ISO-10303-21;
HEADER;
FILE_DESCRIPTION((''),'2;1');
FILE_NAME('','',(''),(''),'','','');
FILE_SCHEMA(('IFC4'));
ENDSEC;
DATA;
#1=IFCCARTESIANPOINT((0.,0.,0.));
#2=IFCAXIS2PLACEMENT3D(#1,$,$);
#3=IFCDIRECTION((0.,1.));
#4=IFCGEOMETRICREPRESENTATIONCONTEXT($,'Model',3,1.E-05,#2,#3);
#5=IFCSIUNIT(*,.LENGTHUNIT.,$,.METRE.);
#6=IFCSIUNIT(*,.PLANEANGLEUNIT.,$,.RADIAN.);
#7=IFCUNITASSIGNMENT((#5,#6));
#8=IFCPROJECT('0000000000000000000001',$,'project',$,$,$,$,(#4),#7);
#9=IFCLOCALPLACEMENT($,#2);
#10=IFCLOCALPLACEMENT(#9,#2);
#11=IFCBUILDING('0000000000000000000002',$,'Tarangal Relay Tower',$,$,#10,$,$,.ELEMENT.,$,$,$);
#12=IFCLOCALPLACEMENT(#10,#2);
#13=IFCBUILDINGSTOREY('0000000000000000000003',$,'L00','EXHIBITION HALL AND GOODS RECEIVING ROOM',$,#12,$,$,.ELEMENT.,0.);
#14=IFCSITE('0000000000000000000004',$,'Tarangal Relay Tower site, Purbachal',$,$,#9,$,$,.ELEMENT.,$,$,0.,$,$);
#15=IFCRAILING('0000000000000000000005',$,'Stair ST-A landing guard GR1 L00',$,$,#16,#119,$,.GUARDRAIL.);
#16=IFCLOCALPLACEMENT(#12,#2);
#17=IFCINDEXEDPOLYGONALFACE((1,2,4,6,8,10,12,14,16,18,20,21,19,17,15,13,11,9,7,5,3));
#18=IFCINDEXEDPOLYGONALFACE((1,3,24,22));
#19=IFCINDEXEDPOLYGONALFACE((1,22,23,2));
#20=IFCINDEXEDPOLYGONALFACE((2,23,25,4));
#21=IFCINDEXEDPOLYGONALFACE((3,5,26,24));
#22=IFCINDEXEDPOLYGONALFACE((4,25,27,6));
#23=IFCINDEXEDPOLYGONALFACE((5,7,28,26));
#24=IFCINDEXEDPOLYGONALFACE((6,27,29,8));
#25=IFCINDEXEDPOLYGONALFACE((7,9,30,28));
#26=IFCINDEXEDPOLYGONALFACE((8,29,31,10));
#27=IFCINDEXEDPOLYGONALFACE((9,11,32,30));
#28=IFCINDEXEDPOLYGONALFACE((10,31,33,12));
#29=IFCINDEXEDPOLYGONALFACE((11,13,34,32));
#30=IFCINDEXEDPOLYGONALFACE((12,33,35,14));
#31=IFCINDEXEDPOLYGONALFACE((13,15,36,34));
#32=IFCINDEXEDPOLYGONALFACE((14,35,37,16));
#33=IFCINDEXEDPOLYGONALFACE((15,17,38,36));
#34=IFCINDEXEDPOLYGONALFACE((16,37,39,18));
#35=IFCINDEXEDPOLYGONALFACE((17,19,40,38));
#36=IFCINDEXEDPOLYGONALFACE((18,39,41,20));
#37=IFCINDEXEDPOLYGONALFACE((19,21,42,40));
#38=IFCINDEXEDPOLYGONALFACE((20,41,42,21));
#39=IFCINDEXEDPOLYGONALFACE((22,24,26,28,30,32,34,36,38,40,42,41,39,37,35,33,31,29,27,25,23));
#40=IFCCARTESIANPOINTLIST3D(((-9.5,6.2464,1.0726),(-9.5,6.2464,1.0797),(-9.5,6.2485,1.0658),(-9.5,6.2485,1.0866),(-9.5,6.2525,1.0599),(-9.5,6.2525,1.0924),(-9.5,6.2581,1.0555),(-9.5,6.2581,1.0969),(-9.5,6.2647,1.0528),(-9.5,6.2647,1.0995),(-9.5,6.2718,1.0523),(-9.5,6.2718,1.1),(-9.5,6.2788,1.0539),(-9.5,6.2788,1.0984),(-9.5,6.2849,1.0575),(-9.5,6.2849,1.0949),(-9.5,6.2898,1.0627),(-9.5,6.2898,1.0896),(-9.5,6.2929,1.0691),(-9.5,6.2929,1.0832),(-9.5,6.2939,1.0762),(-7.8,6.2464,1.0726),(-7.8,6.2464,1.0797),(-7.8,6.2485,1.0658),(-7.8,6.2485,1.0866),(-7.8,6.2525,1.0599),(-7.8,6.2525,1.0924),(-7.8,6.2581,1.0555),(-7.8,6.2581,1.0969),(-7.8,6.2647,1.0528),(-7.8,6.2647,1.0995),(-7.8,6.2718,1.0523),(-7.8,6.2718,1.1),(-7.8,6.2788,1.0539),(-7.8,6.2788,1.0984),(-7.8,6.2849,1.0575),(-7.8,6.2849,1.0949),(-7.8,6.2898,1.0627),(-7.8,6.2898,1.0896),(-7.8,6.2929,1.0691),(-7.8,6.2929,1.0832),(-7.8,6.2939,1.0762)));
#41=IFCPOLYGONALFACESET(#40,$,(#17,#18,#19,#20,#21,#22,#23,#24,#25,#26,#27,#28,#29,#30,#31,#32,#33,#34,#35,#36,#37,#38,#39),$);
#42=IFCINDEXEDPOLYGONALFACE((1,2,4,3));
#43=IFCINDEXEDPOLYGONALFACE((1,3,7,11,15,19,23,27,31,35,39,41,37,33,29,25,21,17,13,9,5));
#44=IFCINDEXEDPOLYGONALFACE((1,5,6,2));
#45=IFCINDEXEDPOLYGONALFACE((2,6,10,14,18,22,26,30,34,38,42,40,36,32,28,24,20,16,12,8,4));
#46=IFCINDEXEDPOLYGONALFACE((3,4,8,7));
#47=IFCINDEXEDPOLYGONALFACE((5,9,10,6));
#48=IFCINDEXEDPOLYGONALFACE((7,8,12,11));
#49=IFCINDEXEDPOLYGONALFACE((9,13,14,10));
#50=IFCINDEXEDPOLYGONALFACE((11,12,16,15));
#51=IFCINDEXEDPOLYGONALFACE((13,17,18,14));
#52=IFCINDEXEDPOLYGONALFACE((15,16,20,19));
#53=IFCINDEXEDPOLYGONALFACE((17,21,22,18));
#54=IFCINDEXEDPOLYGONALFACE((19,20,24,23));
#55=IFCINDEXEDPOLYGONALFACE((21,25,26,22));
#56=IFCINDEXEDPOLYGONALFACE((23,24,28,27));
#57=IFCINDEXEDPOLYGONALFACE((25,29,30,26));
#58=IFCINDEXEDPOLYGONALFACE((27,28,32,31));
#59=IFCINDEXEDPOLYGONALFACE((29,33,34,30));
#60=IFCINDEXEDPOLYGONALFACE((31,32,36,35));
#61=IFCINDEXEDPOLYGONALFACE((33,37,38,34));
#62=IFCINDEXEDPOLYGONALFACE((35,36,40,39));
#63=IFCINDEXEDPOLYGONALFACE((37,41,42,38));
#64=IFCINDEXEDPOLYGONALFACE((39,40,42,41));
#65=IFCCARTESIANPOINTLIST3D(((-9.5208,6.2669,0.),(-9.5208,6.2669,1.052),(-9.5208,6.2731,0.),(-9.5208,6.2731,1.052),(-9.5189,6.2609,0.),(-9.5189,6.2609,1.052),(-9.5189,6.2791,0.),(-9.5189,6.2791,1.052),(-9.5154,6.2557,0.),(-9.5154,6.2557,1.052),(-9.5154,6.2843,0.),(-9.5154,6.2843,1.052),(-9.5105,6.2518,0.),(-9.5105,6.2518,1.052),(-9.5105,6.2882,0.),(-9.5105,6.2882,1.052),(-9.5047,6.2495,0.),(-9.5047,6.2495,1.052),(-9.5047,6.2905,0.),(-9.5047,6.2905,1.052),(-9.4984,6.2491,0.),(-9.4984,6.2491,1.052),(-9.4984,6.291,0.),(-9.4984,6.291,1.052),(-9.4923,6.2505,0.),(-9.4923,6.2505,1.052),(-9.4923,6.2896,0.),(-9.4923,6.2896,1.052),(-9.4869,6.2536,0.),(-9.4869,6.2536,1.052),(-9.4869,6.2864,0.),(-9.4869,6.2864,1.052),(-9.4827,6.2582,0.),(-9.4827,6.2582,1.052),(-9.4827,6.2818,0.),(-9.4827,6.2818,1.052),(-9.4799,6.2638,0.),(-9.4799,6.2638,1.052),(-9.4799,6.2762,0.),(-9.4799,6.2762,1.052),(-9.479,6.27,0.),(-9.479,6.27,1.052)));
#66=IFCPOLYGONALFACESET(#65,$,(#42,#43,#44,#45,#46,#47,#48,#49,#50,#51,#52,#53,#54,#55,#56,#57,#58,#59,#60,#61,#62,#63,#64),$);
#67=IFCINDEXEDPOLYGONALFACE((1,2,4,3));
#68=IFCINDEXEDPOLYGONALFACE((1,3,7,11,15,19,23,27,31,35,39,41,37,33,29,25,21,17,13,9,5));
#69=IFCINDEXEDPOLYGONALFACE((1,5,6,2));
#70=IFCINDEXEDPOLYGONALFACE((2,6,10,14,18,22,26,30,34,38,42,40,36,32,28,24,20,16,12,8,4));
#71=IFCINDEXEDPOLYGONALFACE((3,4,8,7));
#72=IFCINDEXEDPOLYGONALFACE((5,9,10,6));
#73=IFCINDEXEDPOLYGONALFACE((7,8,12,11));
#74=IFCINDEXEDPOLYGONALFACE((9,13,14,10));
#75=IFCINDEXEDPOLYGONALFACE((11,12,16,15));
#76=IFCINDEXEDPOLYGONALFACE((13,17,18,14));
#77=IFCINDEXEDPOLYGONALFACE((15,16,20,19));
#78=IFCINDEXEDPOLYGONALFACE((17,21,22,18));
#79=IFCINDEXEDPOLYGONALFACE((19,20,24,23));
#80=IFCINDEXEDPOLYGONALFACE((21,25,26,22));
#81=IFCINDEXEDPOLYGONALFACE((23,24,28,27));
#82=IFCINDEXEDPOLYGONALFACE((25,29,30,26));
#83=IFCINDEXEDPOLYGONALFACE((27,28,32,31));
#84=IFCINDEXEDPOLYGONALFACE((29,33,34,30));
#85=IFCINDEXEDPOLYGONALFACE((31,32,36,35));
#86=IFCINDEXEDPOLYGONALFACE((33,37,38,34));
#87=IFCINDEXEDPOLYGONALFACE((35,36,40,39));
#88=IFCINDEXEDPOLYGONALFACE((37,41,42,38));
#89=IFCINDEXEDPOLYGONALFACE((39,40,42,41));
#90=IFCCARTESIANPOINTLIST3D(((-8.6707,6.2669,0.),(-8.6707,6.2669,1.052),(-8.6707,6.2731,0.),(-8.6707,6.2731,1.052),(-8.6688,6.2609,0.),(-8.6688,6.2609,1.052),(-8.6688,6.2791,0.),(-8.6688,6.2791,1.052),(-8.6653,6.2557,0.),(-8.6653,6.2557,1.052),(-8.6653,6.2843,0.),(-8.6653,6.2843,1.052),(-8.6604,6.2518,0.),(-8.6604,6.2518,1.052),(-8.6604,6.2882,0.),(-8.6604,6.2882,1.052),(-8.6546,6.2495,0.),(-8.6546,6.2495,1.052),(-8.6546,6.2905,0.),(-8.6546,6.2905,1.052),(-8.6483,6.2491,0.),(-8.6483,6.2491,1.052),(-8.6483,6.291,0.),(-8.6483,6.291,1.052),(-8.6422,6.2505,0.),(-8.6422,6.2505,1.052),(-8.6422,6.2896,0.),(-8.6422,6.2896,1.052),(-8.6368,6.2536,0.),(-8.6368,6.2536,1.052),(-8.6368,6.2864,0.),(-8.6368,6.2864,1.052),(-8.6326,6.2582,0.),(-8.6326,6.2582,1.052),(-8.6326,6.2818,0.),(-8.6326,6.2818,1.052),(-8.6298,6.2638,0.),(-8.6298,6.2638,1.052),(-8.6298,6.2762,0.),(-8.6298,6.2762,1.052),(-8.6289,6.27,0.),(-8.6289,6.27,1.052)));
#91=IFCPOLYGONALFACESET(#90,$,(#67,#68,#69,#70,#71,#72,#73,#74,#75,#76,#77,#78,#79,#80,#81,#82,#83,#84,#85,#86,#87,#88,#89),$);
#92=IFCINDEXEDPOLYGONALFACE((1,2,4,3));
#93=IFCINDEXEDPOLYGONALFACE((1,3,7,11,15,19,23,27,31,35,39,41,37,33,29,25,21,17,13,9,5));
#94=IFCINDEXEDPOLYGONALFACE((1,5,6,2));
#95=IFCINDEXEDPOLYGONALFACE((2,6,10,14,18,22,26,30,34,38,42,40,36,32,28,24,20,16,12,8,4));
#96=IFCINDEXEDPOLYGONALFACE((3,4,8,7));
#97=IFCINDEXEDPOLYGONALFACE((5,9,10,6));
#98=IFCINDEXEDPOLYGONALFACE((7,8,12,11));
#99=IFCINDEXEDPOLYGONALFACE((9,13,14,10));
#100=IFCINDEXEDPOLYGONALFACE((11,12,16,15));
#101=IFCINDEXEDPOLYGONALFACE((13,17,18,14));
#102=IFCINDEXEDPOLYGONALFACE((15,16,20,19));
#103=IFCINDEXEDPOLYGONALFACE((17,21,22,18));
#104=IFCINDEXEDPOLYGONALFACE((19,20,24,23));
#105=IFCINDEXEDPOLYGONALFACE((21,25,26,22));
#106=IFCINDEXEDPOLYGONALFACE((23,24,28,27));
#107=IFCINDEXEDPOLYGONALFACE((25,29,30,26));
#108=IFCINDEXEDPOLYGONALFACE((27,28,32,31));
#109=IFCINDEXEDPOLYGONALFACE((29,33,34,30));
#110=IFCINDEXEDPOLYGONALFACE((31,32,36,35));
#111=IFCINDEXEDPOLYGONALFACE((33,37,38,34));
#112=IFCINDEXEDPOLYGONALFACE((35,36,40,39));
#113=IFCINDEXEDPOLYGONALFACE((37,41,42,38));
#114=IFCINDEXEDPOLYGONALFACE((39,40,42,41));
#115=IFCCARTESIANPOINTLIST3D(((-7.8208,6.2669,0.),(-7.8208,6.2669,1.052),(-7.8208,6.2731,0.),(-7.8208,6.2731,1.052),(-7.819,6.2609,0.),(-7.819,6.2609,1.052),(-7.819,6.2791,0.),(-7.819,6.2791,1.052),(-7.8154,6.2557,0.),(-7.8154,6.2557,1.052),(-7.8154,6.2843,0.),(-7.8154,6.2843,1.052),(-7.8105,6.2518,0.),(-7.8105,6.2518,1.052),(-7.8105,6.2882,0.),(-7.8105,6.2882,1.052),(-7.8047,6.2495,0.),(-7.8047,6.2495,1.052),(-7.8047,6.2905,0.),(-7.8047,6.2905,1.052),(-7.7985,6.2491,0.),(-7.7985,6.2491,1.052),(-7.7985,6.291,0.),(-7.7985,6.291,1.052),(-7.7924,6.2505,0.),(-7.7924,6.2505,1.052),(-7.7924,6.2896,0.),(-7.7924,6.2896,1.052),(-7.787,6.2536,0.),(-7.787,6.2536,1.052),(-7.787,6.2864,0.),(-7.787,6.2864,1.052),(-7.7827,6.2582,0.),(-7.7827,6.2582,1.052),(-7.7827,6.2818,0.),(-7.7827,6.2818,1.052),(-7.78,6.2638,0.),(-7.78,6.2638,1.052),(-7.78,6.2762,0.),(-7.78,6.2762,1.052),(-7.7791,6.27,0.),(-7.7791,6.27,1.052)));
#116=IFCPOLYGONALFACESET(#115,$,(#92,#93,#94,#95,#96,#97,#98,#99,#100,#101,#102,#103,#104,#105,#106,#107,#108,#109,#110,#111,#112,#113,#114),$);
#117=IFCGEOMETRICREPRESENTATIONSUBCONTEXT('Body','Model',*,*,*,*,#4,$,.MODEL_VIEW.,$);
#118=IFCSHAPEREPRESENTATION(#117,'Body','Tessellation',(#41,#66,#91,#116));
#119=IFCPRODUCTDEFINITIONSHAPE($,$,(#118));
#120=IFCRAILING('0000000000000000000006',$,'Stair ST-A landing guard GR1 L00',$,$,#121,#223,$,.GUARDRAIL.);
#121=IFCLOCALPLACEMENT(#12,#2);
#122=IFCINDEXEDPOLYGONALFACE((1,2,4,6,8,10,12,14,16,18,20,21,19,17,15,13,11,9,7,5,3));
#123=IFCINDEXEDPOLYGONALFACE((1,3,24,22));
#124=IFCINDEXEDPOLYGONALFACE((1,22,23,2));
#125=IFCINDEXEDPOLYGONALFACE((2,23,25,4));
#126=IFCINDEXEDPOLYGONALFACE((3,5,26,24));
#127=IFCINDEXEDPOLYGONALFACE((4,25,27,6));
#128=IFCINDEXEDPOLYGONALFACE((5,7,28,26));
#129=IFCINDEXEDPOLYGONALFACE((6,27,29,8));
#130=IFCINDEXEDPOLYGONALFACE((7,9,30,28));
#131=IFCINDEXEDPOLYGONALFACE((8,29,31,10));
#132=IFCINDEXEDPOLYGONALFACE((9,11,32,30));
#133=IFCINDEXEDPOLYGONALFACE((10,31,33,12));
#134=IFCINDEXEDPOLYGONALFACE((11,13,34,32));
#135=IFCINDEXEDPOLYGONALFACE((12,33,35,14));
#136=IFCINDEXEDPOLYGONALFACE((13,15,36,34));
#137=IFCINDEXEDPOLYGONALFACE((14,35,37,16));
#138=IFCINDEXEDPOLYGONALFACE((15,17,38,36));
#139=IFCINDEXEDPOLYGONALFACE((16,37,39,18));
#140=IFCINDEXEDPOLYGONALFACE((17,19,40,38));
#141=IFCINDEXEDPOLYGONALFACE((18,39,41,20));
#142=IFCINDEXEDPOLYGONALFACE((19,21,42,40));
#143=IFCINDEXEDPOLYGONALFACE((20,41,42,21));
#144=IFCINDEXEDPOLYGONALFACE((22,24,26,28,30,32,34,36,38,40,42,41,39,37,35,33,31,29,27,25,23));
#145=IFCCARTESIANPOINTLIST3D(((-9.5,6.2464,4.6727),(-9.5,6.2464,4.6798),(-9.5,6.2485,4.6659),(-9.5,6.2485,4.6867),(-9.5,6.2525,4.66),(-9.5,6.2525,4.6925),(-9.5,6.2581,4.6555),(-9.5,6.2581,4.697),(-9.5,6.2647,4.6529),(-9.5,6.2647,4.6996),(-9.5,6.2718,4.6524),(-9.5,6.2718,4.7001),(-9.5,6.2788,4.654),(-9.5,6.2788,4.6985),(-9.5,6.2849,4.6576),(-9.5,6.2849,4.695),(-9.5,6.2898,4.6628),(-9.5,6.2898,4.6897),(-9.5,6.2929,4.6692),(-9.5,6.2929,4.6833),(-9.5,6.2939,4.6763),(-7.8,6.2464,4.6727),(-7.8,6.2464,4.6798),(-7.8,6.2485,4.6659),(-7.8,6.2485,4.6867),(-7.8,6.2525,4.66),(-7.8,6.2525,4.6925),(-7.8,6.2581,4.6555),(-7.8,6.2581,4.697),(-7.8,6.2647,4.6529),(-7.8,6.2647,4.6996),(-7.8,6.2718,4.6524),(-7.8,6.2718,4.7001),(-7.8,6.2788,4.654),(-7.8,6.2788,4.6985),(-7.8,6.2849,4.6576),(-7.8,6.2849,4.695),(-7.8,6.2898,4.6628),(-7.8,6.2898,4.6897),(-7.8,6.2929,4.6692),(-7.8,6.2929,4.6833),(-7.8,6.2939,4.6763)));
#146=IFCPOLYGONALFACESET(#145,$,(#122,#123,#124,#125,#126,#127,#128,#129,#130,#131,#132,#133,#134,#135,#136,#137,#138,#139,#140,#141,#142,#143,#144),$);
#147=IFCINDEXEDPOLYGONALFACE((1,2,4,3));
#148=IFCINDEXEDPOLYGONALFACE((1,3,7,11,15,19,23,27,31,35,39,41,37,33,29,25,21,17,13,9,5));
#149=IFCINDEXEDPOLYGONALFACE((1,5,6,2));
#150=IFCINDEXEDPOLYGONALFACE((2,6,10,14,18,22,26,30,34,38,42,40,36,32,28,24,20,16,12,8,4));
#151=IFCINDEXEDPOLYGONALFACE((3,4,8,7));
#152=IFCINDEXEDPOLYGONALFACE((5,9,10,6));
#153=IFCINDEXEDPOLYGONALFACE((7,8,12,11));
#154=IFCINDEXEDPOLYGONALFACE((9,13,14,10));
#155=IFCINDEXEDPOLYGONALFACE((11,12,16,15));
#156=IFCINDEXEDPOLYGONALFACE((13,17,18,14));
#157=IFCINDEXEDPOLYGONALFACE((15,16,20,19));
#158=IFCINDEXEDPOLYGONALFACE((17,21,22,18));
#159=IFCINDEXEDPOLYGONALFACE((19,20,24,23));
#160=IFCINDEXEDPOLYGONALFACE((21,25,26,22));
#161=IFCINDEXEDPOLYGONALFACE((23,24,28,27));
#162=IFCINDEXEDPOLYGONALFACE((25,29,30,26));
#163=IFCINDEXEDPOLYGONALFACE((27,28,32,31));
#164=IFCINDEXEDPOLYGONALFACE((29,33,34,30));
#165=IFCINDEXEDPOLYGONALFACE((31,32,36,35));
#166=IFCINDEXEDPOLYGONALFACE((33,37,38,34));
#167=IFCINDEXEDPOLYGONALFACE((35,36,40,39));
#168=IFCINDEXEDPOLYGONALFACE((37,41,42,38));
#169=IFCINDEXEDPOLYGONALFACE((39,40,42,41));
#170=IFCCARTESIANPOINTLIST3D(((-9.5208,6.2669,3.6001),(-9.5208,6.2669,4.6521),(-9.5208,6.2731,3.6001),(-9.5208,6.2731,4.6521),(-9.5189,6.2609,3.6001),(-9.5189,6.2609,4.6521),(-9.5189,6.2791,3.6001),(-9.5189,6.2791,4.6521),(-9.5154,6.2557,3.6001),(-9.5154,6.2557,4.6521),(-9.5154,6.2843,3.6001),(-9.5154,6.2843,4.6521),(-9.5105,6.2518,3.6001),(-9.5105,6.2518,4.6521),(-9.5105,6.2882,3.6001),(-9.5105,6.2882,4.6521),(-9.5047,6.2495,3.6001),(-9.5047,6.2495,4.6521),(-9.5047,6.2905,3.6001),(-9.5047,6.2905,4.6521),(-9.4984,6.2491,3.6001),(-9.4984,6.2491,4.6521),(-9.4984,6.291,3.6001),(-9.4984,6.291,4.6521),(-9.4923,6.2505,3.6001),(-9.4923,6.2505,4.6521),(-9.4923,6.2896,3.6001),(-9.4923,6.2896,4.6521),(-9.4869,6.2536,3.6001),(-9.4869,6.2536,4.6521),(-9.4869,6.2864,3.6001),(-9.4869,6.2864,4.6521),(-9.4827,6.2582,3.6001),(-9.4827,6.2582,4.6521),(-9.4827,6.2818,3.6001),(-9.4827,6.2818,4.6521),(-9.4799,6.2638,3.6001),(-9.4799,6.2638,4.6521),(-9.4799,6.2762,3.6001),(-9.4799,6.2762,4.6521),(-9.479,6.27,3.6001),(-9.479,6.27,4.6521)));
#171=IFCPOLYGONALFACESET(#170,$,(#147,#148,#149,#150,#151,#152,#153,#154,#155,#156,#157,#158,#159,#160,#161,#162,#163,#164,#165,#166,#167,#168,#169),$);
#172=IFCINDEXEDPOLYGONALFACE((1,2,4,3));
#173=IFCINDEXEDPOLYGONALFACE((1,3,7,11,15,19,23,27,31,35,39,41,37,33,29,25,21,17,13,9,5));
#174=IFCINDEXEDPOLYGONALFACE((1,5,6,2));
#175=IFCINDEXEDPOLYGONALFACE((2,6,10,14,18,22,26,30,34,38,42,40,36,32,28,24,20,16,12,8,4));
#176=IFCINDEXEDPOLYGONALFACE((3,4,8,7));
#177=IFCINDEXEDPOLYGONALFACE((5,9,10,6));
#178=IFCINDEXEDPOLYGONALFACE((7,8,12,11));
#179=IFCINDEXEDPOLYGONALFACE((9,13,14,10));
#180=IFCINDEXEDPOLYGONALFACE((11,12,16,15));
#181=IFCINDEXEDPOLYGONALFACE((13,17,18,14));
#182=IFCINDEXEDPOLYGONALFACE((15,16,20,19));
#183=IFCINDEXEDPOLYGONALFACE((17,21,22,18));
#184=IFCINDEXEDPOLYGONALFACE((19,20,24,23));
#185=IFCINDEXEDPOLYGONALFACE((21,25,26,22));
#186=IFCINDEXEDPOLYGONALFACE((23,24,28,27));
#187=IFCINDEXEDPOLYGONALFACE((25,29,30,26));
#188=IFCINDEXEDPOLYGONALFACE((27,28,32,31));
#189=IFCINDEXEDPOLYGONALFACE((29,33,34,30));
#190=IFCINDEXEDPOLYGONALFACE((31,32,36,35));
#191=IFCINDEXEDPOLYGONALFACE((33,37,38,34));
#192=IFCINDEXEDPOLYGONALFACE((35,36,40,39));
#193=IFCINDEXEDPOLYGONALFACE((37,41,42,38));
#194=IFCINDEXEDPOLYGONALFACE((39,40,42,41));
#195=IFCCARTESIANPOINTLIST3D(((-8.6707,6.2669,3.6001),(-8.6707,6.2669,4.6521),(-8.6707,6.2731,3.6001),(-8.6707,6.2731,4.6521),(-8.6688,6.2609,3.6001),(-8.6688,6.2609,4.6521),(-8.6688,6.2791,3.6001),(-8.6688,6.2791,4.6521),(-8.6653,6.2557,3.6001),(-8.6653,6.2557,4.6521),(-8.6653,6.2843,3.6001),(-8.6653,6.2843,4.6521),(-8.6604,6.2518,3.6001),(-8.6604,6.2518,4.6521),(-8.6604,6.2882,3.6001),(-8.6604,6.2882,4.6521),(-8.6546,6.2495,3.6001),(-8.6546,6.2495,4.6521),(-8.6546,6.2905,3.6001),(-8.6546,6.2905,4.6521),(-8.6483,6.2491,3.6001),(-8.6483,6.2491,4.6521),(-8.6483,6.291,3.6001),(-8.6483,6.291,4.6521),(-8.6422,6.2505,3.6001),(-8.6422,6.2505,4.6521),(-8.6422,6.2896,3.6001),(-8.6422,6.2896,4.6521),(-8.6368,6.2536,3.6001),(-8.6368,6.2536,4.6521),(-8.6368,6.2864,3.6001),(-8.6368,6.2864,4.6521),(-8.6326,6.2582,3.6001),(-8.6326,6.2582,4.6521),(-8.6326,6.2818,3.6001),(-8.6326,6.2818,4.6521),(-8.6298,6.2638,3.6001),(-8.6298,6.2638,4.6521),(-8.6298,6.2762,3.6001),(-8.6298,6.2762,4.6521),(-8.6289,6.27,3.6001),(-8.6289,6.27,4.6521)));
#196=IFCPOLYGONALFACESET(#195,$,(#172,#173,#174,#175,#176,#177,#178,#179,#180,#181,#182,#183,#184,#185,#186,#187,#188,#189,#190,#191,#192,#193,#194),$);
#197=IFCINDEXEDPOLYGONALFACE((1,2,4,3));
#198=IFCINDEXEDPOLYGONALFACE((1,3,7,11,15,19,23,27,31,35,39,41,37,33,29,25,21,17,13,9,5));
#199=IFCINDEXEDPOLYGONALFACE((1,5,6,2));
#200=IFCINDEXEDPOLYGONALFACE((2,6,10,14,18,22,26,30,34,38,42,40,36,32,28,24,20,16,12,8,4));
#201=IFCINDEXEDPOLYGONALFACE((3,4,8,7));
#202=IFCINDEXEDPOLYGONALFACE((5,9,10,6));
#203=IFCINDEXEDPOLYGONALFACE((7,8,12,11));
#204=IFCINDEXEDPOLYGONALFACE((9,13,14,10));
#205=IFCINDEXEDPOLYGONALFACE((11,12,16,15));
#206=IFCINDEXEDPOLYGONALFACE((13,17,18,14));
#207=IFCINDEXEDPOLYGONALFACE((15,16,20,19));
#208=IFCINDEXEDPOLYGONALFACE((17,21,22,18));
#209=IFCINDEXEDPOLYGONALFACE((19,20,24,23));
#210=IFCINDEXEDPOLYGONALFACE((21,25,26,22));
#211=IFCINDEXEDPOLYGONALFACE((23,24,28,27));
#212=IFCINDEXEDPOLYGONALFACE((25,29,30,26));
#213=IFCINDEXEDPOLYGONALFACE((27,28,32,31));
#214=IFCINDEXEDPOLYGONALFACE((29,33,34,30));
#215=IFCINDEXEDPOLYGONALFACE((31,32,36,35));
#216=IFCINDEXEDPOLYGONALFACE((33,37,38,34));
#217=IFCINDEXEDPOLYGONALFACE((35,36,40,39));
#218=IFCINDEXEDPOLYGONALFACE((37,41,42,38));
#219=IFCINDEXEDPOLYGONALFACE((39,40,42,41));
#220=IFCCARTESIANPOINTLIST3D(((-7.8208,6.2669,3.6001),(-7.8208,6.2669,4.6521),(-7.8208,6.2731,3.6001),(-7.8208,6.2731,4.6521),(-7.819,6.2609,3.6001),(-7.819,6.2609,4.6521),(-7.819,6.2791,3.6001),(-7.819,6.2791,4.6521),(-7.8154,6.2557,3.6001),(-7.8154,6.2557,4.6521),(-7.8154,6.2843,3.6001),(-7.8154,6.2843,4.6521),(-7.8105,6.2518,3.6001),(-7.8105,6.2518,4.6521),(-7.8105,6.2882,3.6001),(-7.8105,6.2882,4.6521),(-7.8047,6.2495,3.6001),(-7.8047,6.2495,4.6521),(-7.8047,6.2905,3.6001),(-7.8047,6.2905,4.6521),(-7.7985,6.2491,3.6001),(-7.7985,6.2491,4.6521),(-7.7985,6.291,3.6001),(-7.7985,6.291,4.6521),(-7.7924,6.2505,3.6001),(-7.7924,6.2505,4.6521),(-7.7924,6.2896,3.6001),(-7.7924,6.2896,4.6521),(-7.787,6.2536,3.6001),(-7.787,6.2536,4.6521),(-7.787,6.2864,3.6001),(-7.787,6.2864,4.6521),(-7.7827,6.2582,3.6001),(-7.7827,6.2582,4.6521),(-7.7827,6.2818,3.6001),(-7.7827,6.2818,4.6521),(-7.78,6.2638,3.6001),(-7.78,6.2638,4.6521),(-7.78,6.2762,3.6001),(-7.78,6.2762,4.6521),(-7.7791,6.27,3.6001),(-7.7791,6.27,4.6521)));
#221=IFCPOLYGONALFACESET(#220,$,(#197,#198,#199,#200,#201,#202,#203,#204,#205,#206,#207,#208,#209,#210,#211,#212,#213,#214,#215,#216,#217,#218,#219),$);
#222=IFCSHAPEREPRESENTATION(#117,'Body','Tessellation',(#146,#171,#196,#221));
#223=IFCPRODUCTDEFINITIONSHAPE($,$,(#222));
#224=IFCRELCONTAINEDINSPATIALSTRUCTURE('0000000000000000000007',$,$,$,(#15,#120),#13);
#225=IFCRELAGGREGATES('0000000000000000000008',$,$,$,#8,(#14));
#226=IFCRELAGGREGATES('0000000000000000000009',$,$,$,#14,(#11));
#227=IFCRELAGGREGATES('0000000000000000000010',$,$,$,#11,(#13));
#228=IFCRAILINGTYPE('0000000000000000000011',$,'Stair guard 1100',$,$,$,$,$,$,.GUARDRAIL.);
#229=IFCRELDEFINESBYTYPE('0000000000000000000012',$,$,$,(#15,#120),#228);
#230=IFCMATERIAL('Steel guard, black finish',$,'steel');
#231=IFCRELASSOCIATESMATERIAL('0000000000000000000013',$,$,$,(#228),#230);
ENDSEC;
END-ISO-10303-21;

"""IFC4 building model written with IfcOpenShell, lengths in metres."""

from ifc_helpers import new_model, si_unit, direction, frame, origin, origin_2d, place, context, subcontext, project, spatial, circle, extrude, material, type_object, element, save


model = new_model("IFC4")

# Units and contexts
model_context = context("Model", 3, precision=1e-05, world=origin(), true_north=direction((0.0, 1.0)))
body_context = subcontext(model_context, "Body", "Model", "MODEL_VIEW")
ifc_project = project(units=[si_unit("LENGTHUNIT", "METRE"), si_unit("PLANEANGLEUNIT", "RADIAN")], contexts=[model_context])

# Site, building, storey
site_placement = place(None, origin())
site = spatial("IfcSite", under=ifc_project, at=site_placement, Name="Tarangal Relay Tower site, Purbachal", CompositionType="ELEMENT", RefElevation=0.0)
building_placement = place(site_placement, origin())
building = spatial("IfcBuilding", under=site, at=building_placement, Name="Tarangal Relay Tower", CompositionType="ELEMENT")
storey_placement = place(building_placement, origin())
storey = spatial("IfcBuildingStorey", under=building, at=storey_placement, Name="L00", Description="EXHIBITION HALL AND GOODS RECEIVING ROOM", CompositionType="ELEMENT", Elevation=0.0)

# Railings
ifc_material_1 = material(Name="Steel guard, black finish", Category="steel")
railing_type = type_object("IfcRailingType", Name="Stair guard 1100", PredefinedType="GUARDRAIL", material=ifc_material_1)
for number, where, name in (
    (1, (-9.5, 6.27, 0.0), "Stair ST-A landing guard GR1 L00"),
    (2, (-9.5, 6.27, 3.6001), "Stair ST-A landing guard GR1 L00"),
):
    element("IfcRailing", number, at=place(storey_placement, frame(where)), inside=storey, type_object=railing_type, Name=name, PredefinedType="GUARDRAIL", context=body_context, shape_type="SweptSolid", body=[
        extrude(circle(Radius=0.0239, at=origin_2d()), frame((0.0, 0.0, 1.0762), z_axis=(1.0, 0.0, 0.0), x_axis=(0.0, 1.0, 0.0)), (0.0, 0.0, 1.0), 1.7),
        extrude(circle(Radius=0.021, at=origin_2d()), origin(), (0.0, 0.0, 1.0), 1.052),
        extrude(circle(Radius=0.021, at=origin_2d()), frame((0.8501, 0.0, 0.0)), (0.0, 0.0, 1.0), 1.052),
        extrude(circle(Radius=0.021, at=origin_2d()), frame((1.7, 0.0, 0.0)), (0.0, 0.0, 1.0), 1.052),
    ])

save(model, "model.ifc")
